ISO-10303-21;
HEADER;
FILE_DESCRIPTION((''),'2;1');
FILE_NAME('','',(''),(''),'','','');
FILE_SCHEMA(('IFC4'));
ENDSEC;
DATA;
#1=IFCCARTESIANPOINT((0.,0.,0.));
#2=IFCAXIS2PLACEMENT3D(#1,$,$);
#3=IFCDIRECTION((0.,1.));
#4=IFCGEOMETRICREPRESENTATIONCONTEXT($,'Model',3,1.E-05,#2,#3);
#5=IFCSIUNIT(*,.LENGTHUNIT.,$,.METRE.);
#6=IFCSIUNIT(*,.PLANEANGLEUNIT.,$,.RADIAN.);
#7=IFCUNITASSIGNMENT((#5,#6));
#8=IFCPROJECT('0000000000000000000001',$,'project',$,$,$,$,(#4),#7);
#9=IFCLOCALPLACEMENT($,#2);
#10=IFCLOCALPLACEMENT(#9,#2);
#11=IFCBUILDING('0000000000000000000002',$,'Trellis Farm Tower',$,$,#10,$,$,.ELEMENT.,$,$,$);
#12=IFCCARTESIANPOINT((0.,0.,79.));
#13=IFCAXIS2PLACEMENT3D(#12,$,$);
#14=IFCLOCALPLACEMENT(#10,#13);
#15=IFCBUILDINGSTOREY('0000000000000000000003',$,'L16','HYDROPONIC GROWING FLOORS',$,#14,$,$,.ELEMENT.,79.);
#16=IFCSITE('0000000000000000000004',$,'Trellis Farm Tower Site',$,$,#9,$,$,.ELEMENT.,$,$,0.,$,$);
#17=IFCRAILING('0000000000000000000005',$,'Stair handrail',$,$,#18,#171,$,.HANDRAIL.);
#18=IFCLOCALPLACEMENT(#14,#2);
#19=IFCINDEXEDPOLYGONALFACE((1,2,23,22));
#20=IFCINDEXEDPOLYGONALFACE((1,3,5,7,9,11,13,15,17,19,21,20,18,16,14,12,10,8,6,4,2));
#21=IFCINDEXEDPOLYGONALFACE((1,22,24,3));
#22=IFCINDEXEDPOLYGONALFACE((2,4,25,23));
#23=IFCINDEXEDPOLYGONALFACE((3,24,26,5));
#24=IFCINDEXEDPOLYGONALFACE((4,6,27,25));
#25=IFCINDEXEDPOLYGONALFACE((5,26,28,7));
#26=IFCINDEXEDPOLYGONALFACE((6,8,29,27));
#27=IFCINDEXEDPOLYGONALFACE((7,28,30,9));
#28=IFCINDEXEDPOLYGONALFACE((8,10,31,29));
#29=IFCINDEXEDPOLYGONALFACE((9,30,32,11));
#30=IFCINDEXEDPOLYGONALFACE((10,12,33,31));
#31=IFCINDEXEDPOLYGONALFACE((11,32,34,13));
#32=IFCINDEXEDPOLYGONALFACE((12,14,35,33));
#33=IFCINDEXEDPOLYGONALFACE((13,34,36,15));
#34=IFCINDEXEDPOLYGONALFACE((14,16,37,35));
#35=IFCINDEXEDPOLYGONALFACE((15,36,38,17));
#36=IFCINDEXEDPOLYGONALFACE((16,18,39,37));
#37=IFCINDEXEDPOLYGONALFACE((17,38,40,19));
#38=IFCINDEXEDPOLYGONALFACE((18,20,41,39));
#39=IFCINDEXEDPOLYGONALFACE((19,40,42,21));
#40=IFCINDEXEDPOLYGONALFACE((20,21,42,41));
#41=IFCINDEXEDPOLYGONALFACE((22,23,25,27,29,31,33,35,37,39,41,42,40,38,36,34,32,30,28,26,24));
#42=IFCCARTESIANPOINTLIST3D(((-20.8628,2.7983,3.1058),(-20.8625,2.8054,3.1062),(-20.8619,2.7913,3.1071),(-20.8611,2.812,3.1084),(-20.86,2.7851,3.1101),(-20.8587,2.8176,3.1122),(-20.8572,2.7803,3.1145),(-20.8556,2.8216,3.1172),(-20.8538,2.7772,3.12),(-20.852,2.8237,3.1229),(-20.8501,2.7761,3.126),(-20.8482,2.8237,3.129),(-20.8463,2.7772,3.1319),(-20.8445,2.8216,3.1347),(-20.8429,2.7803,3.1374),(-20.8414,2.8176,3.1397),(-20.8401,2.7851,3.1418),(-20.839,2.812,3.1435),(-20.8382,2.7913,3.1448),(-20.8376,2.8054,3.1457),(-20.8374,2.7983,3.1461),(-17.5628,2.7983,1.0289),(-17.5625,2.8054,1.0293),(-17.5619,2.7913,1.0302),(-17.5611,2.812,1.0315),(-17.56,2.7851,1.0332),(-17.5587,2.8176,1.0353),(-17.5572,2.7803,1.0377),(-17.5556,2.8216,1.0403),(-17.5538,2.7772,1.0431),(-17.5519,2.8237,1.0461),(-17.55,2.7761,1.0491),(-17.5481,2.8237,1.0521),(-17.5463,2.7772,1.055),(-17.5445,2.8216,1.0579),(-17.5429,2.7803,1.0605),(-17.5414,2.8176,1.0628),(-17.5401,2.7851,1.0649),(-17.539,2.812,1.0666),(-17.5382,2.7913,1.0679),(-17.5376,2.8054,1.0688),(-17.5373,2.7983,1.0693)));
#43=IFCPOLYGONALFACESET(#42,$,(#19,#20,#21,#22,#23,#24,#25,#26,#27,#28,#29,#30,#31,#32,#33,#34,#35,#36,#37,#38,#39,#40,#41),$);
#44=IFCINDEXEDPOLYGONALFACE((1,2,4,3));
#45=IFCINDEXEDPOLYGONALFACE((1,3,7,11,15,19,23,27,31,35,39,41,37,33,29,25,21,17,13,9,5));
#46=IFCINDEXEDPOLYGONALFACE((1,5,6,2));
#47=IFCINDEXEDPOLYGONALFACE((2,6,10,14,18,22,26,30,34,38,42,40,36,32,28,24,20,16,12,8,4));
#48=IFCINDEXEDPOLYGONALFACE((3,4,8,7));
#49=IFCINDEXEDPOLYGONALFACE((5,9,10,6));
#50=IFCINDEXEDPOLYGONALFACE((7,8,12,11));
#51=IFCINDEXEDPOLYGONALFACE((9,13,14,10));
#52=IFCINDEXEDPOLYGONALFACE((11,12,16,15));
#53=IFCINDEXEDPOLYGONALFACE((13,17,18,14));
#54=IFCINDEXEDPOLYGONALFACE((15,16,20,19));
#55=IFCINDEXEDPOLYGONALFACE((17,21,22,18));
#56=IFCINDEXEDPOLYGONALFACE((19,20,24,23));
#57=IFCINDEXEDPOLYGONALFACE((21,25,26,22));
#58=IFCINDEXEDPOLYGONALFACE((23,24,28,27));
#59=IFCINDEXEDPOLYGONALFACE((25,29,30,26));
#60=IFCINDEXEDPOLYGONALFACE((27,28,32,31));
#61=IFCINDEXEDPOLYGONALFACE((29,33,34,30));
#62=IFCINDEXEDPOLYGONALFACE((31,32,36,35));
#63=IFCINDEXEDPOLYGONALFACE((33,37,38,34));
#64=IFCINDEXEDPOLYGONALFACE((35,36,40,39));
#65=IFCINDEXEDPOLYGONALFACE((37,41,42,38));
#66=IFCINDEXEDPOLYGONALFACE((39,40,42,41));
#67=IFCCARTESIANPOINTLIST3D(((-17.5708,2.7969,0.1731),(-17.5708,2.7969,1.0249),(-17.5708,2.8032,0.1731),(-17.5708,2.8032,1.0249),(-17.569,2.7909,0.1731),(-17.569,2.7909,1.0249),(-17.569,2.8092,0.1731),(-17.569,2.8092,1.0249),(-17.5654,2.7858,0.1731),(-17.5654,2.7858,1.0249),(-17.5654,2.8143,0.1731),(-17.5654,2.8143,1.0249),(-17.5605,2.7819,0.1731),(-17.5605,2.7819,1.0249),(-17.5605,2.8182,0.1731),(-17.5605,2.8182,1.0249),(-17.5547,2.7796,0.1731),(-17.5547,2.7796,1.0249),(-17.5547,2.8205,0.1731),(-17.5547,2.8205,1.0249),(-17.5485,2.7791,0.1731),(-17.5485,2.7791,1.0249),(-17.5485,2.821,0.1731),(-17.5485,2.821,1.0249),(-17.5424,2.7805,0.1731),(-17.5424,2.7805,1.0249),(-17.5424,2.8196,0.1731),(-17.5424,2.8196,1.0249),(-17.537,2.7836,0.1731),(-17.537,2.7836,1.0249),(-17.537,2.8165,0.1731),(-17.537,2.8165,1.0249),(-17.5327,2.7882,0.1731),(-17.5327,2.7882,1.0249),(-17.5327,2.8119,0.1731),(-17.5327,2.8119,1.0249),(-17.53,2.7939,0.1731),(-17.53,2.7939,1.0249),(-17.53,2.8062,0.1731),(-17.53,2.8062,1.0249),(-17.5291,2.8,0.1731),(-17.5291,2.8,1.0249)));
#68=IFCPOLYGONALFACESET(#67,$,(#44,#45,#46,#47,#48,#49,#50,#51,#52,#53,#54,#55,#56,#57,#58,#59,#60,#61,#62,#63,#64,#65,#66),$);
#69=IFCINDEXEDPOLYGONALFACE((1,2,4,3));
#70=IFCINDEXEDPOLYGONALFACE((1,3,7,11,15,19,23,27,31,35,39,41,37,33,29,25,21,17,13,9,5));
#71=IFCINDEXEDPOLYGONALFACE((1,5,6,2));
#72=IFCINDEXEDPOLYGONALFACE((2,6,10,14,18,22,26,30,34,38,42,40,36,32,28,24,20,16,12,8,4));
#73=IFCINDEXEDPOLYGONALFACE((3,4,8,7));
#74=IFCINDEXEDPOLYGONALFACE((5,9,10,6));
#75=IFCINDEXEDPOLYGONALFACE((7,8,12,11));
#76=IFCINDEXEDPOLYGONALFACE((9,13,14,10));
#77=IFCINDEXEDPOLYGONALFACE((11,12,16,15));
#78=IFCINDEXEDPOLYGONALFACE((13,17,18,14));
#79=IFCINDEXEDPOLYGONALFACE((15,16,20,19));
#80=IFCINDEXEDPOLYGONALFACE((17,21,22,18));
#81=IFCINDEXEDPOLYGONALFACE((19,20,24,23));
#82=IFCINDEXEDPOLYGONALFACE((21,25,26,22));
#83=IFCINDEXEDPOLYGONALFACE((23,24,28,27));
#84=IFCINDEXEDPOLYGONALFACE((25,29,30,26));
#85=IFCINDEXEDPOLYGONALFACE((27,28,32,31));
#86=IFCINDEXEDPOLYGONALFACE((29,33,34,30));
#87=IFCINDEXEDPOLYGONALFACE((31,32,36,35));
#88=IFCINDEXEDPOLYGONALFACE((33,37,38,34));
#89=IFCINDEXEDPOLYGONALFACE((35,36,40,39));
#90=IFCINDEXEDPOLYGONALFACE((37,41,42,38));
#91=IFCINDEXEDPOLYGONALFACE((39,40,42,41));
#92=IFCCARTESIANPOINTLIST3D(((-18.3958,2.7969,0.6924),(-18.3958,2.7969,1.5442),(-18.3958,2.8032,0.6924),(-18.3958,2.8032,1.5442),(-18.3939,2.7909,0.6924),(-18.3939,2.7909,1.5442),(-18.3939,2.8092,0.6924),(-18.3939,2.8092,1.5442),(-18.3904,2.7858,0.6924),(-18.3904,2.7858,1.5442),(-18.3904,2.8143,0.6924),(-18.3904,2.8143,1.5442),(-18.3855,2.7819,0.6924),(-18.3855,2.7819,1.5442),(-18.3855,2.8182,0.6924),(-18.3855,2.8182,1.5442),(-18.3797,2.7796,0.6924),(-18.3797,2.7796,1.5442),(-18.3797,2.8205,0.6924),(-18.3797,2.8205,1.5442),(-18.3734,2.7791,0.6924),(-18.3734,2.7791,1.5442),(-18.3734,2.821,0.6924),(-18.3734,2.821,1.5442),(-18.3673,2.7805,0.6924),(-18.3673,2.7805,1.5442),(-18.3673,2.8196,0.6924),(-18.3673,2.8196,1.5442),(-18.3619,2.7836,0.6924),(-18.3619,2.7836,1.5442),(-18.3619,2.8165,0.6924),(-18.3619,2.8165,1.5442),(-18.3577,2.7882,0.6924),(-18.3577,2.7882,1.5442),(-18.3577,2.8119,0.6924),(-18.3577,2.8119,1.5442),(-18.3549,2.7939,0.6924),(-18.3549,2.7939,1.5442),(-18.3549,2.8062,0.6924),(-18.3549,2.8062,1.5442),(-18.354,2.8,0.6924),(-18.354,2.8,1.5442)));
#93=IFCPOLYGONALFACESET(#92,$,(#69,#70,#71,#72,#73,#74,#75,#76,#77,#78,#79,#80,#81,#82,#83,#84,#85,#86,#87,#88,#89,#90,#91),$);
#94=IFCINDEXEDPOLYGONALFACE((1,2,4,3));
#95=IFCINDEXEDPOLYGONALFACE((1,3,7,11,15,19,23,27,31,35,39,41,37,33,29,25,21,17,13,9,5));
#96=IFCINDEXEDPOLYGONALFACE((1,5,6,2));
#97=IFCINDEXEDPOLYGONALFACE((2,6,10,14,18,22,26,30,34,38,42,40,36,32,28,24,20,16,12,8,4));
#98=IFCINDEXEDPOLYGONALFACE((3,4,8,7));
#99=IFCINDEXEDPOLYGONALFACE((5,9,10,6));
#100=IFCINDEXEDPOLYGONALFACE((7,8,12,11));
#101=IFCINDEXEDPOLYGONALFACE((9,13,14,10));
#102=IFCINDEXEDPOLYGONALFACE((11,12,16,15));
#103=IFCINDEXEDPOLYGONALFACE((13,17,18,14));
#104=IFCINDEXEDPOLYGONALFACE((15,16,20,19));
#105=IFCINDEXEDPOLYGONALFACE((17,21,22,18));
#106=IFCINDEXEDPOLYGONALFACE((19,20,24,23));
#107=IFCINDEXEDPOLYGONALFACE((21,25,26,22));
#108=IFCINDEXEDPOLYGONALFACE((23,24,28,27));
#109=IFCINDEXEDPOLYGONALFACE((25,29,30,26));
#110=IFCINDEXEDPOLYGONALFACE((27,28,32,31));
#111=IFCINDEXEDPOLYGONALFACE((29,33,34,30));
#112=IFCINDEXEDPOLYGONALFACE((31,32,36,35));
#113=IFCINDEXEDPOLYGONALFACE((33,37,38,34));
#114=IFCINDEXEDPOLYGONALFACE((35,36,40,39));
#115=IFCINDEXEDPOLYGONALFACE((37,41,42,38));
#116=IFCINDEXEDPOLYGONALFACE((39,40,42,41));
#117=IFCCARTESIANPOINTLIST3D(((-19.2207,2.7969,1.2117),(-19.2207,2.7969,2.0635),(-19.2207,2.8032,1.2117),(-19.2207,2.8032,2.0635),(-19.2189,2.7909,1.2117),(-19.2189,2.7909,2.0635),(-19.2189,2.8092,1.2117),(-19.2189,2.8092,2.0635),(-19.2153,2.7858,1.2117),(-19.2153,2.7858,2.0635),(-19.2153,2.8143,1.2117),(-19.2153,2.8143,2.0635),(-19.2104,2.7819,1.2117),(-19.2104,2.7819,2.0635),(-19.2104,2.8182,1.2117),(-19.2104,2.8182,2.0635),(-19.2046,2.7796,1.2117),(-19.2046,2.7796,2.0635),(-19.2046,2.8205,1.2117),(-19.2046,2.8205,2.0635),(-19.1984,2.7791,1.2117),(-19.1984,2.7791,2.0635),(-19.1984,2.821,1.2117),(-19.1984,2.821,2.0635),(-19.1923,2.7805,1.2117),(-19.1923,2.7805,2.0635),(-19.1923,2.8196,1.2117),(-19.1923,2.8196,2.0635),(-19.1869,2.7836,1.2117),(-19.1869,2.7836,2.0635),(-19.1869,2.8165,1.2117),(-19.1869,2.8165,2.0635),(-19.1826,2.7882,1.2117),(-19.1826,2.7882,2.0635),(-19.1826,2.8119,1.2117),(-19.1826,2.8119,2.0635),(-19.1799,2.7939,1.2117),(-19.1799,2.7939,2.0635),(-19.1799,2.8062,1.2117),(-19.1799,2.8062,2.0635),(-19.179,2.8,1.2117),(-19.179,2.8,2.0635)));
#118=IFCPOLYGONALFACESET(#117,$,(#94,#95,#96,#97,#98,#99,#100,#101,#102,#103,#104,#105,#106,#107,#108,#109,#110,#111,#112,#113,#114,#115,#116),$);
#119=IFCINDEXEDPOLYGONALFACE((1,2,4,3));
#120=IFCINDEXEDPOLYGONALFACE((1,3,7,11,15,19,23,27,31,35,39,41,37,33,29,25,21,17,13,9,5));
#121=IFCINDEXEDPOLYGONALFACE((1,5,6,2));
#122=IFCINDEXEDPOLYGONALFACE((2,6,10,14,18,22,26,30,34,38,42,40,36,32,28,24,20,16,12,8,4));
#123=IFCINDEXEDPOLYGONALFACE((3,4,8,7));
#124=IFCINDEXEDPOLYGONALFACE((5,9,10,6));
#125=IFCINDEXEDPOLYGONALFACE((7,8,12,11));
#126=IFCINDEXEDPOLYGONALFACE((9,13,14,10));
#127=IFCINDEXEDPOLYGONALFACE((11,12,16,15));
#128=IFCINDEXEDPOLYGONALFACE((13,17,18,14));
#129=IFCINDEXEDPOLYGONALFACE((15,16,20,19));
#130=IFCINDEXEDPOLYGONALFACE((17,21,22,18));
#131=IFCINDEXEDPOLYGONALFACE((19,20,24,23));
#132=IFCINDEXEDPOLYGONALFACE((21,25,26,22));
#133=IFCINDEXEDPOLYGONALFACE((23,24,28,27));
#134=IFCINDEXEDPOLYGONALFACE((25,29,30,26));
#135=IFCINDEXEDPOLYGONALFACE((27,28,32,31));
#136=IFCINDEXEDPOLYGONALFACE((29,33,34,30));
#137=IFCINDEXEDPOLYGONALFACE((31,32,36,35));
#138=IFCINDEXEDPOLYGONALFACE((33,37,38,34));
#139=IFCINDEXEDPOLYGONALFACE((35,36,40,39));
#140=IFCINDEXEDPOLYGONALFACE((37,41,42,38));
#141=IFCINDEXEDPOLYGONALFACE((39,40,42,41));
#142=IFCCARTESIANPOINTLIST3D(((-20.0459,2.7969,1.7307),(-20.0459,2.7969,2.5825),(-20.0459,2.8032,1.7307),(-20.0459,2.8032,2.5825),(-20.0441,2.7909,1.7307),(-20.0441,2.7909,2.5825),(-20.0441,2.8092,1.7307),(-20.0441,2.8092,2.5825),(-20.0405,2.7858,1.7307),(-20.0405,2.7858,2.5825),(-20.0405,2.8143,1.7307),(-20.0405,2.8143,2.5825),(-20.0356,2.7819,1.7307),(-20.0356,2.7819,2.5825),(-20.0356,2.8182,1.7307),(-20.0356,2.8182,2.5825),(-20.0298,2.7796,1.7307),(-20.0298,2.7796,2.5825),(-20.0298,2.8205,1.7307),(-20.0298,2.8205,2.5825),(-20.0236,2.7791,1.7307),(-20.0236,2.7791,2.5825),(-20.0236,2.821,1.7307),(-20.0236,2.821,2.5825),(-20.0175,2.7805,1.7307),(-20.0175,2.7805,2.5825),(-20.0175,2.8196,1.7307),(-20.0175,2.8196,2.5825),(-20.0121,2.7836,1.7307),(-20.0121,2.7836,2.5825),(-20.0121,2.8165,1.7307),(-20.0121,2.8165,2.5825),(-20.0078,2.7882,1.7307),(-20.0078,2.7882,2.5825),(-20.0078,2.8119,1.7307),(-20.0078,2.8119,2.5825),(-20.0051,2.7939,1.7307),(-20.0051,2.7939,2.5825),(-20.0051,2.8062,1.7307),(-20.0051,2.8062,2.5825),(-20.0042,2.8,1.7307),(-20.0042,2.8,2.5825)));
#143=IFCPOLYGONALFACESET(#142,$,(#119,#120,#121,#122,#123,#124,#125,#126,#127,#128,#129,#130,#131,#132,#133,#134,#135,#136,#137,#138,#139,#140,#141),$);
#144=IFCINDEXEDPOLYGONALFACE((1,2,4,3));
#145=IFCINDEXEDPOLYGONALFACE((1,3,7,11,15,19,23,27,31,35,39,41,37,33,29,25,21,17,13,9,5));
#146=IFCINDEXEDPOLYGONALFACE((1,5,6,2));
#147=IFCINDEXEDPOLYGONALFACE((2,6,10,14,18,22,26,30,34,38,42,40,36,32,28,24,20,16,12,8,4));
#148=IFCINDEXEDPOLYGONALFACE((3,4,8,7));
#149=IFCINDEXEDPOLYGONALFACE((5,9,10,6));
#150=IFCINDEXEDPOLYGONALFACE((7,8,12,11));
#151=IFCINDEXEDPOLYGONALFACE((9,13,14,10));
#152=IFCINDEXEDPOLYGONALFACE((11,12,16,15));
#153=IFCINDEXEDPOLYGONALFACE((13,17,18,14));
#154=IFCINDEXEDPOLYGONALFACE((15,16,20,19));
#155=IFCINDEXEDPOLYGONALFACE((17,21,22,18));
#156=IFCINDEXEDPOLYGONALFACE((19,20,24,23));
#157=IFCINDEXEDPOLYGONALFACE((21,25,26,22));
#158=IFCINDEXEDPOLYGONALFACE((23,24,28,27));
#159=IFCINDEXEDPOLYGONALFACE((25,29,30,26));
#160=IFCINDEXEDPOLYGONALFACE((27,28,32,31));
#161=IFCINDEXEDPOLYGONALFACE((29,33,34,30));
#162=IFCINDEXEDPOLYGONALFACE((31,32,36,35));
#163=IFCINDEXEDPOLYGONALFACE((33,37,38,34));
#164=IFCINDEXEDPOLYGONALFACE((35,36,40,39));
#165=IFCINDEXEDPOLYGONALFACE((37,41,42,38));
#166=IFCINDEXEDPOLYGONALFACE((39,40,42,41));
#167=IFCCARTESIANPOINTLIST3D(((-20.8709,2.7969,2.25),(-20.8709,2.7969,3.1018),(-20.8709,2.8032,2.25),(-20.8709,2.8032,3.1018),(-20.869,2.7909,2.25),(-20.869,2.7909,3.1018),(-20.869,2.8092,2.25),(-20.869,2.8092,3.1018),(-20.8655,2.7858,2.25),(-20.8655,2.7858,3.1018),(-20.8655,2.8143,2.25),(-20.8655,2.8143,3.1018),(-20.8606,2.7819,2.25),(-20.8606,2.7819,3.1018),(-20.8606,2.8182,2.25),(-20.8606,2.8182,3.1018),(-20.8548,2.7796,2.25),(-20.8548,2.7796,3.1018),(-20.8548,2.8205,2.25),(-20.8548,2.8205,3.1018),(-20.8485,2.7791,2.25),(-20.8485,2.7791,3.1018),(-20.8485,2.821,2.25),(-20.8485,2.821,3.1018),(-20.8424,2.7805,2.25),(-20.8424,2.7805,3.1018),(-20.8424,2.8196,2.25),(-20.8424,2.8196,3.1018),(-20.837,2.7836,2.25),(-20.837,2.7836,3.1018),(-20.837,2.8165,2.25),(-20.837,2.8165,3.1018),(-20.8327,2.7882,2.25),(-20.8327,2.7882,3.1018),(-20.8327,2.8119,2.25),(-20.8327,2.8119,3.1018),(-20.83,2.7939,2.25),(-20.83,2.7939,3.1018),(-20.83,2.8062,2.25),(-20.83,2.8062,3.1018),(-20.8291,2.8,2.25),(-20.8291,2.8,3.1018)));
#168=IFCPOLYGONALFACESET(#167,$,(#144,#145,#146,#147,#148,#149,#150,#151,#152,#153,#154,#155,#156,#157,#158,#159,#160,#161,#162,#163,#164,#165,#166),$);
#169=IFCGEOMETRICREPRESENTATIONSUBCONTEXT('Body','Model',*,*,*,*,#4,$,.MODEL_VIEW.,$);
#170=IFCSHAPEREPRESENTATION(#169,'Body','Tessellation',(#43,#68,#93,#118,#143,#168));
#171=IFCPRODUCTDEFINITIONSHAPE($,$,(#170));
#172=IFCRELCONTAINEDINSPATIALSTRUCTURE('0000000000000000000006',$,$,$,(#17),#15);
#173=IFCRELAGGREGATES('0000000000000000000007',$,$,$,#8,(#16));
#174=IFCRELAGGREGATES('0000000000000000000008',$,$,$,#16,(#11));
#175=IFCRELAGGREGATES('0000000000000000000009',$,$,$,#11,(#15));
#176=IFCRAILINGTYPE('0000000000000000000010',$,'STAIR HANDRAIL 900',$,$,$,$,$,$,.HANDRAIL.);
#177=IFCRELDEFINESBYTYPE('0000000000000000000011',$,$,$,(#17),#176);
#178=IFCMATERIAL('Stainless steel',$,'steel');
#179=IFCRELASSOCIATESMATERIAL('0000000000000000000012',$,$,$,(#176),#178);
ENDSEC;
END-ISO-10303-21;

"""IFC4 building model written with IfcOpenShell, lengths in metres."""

from ifc_helpers import new_model, si_unit, direction, frame, origin, origin_2d, place, context, subcontext, project, spatial, circle, extrude, source, transform, mapped, material, type_object, element, save


model = new_model("IFC4")

# Units and contexts
model_context = context("Model", 3, precision=1e-05, world=origin(), true_north=direction((0.0, 1.0)))
body_context = subcontext(model_context, "Body", "Model", "MODEL_VIEW")
ifc_project = project(units=[si_unit("LENGTHUNIT", "METRE"), si_unit("PLANEANGLEUNIT", "RADIAN")], contexts=[model_context])

# Site, building, storey
site_placement = place(None, origin())
site = spatial("IfcSite", under=ifc_project, at=site_placement, Name="Trellis Farm Tower Site", CompositionType="ELEMENT", RefElevation=0.0)
building_placement = place(site_placement, origin())
building = spatial("IfcBuilding", under=site, at=building_placement, Name="Trellis Farm Tower", CompositionType="ELEMENT")
storey_placement = place(building_placement, frame((0.0, 0.0, 79.0)))
storey = spatial("IfcBuildingStorey", under=building, at=storey_placement, Name="L16", Description="HYDROPONIC GROWING FLOORS", CompositionType="ELEMENT", Elevation=79.0)

# Railing
ifc_material_1 = material(Name="Stainless steel", Category="steel")
railing_type = type_object("IfcRailingType", Name="STAIR HANDRAIL 900", PredefinedType="HANDRAIL", material=ifc_material_1)
shared_shape_1 = source(origin(), body_context, "Body", "SweptSolid", [
    extrude(circle(Radius=0.0239, at=origin_2d()), frame((0.0, 0.0, 0.876), z_axis=(-0.846337, 0.0, 0.532647), x_axis=(0.0, -1.0, 0.0)), (0.0, 0.0, 1.0), 3.8992),
    extrude(circle(Radius=0.021, at=origin_2d()), origin(), (0.0, 0.0, 1.0), 0.8518),
    extrude(circle(Radius=0.021, at=origin_2d()), frame((-0.825, 0.0, 0.5193)), (0.0, 0.0, 1.0), 0.8518),
    extrude(circle(Radius=0.021, at=origin_2d()), frame((-1.6499, 0.0, 1.0386)), (0.0, 0.0, 1.0), 0.8518),
    extrude(circle(Radius=0.021, at=origin_2d()), frame((-2.4751, 0.0, 1.5576)), (0.0, 0.0, 1.0), 0.8518),
    extrude(circle(Radius=0.021, at=origin_2d()), frame((-3.3, 0.0, 2.0769)), (0.0, 0.0, 1.0), 0.8518),
])
for number, where, name in (
    (1, (-17.55, 2.8, 0.1731), "Stair handrail"),
):
    element("IfcRailing", number, at=place(storey_placement, frame(where)), inside=storey, type_object=railing_type, Name=name, PredefinedType="HANDRAIL", context=body_context, shape_type="MappedRepresentation", body=[
        mapped(shared_shape_1, transform((0.0, 0.0, 0.0))),
    ])

save(model, "model.ifc")
